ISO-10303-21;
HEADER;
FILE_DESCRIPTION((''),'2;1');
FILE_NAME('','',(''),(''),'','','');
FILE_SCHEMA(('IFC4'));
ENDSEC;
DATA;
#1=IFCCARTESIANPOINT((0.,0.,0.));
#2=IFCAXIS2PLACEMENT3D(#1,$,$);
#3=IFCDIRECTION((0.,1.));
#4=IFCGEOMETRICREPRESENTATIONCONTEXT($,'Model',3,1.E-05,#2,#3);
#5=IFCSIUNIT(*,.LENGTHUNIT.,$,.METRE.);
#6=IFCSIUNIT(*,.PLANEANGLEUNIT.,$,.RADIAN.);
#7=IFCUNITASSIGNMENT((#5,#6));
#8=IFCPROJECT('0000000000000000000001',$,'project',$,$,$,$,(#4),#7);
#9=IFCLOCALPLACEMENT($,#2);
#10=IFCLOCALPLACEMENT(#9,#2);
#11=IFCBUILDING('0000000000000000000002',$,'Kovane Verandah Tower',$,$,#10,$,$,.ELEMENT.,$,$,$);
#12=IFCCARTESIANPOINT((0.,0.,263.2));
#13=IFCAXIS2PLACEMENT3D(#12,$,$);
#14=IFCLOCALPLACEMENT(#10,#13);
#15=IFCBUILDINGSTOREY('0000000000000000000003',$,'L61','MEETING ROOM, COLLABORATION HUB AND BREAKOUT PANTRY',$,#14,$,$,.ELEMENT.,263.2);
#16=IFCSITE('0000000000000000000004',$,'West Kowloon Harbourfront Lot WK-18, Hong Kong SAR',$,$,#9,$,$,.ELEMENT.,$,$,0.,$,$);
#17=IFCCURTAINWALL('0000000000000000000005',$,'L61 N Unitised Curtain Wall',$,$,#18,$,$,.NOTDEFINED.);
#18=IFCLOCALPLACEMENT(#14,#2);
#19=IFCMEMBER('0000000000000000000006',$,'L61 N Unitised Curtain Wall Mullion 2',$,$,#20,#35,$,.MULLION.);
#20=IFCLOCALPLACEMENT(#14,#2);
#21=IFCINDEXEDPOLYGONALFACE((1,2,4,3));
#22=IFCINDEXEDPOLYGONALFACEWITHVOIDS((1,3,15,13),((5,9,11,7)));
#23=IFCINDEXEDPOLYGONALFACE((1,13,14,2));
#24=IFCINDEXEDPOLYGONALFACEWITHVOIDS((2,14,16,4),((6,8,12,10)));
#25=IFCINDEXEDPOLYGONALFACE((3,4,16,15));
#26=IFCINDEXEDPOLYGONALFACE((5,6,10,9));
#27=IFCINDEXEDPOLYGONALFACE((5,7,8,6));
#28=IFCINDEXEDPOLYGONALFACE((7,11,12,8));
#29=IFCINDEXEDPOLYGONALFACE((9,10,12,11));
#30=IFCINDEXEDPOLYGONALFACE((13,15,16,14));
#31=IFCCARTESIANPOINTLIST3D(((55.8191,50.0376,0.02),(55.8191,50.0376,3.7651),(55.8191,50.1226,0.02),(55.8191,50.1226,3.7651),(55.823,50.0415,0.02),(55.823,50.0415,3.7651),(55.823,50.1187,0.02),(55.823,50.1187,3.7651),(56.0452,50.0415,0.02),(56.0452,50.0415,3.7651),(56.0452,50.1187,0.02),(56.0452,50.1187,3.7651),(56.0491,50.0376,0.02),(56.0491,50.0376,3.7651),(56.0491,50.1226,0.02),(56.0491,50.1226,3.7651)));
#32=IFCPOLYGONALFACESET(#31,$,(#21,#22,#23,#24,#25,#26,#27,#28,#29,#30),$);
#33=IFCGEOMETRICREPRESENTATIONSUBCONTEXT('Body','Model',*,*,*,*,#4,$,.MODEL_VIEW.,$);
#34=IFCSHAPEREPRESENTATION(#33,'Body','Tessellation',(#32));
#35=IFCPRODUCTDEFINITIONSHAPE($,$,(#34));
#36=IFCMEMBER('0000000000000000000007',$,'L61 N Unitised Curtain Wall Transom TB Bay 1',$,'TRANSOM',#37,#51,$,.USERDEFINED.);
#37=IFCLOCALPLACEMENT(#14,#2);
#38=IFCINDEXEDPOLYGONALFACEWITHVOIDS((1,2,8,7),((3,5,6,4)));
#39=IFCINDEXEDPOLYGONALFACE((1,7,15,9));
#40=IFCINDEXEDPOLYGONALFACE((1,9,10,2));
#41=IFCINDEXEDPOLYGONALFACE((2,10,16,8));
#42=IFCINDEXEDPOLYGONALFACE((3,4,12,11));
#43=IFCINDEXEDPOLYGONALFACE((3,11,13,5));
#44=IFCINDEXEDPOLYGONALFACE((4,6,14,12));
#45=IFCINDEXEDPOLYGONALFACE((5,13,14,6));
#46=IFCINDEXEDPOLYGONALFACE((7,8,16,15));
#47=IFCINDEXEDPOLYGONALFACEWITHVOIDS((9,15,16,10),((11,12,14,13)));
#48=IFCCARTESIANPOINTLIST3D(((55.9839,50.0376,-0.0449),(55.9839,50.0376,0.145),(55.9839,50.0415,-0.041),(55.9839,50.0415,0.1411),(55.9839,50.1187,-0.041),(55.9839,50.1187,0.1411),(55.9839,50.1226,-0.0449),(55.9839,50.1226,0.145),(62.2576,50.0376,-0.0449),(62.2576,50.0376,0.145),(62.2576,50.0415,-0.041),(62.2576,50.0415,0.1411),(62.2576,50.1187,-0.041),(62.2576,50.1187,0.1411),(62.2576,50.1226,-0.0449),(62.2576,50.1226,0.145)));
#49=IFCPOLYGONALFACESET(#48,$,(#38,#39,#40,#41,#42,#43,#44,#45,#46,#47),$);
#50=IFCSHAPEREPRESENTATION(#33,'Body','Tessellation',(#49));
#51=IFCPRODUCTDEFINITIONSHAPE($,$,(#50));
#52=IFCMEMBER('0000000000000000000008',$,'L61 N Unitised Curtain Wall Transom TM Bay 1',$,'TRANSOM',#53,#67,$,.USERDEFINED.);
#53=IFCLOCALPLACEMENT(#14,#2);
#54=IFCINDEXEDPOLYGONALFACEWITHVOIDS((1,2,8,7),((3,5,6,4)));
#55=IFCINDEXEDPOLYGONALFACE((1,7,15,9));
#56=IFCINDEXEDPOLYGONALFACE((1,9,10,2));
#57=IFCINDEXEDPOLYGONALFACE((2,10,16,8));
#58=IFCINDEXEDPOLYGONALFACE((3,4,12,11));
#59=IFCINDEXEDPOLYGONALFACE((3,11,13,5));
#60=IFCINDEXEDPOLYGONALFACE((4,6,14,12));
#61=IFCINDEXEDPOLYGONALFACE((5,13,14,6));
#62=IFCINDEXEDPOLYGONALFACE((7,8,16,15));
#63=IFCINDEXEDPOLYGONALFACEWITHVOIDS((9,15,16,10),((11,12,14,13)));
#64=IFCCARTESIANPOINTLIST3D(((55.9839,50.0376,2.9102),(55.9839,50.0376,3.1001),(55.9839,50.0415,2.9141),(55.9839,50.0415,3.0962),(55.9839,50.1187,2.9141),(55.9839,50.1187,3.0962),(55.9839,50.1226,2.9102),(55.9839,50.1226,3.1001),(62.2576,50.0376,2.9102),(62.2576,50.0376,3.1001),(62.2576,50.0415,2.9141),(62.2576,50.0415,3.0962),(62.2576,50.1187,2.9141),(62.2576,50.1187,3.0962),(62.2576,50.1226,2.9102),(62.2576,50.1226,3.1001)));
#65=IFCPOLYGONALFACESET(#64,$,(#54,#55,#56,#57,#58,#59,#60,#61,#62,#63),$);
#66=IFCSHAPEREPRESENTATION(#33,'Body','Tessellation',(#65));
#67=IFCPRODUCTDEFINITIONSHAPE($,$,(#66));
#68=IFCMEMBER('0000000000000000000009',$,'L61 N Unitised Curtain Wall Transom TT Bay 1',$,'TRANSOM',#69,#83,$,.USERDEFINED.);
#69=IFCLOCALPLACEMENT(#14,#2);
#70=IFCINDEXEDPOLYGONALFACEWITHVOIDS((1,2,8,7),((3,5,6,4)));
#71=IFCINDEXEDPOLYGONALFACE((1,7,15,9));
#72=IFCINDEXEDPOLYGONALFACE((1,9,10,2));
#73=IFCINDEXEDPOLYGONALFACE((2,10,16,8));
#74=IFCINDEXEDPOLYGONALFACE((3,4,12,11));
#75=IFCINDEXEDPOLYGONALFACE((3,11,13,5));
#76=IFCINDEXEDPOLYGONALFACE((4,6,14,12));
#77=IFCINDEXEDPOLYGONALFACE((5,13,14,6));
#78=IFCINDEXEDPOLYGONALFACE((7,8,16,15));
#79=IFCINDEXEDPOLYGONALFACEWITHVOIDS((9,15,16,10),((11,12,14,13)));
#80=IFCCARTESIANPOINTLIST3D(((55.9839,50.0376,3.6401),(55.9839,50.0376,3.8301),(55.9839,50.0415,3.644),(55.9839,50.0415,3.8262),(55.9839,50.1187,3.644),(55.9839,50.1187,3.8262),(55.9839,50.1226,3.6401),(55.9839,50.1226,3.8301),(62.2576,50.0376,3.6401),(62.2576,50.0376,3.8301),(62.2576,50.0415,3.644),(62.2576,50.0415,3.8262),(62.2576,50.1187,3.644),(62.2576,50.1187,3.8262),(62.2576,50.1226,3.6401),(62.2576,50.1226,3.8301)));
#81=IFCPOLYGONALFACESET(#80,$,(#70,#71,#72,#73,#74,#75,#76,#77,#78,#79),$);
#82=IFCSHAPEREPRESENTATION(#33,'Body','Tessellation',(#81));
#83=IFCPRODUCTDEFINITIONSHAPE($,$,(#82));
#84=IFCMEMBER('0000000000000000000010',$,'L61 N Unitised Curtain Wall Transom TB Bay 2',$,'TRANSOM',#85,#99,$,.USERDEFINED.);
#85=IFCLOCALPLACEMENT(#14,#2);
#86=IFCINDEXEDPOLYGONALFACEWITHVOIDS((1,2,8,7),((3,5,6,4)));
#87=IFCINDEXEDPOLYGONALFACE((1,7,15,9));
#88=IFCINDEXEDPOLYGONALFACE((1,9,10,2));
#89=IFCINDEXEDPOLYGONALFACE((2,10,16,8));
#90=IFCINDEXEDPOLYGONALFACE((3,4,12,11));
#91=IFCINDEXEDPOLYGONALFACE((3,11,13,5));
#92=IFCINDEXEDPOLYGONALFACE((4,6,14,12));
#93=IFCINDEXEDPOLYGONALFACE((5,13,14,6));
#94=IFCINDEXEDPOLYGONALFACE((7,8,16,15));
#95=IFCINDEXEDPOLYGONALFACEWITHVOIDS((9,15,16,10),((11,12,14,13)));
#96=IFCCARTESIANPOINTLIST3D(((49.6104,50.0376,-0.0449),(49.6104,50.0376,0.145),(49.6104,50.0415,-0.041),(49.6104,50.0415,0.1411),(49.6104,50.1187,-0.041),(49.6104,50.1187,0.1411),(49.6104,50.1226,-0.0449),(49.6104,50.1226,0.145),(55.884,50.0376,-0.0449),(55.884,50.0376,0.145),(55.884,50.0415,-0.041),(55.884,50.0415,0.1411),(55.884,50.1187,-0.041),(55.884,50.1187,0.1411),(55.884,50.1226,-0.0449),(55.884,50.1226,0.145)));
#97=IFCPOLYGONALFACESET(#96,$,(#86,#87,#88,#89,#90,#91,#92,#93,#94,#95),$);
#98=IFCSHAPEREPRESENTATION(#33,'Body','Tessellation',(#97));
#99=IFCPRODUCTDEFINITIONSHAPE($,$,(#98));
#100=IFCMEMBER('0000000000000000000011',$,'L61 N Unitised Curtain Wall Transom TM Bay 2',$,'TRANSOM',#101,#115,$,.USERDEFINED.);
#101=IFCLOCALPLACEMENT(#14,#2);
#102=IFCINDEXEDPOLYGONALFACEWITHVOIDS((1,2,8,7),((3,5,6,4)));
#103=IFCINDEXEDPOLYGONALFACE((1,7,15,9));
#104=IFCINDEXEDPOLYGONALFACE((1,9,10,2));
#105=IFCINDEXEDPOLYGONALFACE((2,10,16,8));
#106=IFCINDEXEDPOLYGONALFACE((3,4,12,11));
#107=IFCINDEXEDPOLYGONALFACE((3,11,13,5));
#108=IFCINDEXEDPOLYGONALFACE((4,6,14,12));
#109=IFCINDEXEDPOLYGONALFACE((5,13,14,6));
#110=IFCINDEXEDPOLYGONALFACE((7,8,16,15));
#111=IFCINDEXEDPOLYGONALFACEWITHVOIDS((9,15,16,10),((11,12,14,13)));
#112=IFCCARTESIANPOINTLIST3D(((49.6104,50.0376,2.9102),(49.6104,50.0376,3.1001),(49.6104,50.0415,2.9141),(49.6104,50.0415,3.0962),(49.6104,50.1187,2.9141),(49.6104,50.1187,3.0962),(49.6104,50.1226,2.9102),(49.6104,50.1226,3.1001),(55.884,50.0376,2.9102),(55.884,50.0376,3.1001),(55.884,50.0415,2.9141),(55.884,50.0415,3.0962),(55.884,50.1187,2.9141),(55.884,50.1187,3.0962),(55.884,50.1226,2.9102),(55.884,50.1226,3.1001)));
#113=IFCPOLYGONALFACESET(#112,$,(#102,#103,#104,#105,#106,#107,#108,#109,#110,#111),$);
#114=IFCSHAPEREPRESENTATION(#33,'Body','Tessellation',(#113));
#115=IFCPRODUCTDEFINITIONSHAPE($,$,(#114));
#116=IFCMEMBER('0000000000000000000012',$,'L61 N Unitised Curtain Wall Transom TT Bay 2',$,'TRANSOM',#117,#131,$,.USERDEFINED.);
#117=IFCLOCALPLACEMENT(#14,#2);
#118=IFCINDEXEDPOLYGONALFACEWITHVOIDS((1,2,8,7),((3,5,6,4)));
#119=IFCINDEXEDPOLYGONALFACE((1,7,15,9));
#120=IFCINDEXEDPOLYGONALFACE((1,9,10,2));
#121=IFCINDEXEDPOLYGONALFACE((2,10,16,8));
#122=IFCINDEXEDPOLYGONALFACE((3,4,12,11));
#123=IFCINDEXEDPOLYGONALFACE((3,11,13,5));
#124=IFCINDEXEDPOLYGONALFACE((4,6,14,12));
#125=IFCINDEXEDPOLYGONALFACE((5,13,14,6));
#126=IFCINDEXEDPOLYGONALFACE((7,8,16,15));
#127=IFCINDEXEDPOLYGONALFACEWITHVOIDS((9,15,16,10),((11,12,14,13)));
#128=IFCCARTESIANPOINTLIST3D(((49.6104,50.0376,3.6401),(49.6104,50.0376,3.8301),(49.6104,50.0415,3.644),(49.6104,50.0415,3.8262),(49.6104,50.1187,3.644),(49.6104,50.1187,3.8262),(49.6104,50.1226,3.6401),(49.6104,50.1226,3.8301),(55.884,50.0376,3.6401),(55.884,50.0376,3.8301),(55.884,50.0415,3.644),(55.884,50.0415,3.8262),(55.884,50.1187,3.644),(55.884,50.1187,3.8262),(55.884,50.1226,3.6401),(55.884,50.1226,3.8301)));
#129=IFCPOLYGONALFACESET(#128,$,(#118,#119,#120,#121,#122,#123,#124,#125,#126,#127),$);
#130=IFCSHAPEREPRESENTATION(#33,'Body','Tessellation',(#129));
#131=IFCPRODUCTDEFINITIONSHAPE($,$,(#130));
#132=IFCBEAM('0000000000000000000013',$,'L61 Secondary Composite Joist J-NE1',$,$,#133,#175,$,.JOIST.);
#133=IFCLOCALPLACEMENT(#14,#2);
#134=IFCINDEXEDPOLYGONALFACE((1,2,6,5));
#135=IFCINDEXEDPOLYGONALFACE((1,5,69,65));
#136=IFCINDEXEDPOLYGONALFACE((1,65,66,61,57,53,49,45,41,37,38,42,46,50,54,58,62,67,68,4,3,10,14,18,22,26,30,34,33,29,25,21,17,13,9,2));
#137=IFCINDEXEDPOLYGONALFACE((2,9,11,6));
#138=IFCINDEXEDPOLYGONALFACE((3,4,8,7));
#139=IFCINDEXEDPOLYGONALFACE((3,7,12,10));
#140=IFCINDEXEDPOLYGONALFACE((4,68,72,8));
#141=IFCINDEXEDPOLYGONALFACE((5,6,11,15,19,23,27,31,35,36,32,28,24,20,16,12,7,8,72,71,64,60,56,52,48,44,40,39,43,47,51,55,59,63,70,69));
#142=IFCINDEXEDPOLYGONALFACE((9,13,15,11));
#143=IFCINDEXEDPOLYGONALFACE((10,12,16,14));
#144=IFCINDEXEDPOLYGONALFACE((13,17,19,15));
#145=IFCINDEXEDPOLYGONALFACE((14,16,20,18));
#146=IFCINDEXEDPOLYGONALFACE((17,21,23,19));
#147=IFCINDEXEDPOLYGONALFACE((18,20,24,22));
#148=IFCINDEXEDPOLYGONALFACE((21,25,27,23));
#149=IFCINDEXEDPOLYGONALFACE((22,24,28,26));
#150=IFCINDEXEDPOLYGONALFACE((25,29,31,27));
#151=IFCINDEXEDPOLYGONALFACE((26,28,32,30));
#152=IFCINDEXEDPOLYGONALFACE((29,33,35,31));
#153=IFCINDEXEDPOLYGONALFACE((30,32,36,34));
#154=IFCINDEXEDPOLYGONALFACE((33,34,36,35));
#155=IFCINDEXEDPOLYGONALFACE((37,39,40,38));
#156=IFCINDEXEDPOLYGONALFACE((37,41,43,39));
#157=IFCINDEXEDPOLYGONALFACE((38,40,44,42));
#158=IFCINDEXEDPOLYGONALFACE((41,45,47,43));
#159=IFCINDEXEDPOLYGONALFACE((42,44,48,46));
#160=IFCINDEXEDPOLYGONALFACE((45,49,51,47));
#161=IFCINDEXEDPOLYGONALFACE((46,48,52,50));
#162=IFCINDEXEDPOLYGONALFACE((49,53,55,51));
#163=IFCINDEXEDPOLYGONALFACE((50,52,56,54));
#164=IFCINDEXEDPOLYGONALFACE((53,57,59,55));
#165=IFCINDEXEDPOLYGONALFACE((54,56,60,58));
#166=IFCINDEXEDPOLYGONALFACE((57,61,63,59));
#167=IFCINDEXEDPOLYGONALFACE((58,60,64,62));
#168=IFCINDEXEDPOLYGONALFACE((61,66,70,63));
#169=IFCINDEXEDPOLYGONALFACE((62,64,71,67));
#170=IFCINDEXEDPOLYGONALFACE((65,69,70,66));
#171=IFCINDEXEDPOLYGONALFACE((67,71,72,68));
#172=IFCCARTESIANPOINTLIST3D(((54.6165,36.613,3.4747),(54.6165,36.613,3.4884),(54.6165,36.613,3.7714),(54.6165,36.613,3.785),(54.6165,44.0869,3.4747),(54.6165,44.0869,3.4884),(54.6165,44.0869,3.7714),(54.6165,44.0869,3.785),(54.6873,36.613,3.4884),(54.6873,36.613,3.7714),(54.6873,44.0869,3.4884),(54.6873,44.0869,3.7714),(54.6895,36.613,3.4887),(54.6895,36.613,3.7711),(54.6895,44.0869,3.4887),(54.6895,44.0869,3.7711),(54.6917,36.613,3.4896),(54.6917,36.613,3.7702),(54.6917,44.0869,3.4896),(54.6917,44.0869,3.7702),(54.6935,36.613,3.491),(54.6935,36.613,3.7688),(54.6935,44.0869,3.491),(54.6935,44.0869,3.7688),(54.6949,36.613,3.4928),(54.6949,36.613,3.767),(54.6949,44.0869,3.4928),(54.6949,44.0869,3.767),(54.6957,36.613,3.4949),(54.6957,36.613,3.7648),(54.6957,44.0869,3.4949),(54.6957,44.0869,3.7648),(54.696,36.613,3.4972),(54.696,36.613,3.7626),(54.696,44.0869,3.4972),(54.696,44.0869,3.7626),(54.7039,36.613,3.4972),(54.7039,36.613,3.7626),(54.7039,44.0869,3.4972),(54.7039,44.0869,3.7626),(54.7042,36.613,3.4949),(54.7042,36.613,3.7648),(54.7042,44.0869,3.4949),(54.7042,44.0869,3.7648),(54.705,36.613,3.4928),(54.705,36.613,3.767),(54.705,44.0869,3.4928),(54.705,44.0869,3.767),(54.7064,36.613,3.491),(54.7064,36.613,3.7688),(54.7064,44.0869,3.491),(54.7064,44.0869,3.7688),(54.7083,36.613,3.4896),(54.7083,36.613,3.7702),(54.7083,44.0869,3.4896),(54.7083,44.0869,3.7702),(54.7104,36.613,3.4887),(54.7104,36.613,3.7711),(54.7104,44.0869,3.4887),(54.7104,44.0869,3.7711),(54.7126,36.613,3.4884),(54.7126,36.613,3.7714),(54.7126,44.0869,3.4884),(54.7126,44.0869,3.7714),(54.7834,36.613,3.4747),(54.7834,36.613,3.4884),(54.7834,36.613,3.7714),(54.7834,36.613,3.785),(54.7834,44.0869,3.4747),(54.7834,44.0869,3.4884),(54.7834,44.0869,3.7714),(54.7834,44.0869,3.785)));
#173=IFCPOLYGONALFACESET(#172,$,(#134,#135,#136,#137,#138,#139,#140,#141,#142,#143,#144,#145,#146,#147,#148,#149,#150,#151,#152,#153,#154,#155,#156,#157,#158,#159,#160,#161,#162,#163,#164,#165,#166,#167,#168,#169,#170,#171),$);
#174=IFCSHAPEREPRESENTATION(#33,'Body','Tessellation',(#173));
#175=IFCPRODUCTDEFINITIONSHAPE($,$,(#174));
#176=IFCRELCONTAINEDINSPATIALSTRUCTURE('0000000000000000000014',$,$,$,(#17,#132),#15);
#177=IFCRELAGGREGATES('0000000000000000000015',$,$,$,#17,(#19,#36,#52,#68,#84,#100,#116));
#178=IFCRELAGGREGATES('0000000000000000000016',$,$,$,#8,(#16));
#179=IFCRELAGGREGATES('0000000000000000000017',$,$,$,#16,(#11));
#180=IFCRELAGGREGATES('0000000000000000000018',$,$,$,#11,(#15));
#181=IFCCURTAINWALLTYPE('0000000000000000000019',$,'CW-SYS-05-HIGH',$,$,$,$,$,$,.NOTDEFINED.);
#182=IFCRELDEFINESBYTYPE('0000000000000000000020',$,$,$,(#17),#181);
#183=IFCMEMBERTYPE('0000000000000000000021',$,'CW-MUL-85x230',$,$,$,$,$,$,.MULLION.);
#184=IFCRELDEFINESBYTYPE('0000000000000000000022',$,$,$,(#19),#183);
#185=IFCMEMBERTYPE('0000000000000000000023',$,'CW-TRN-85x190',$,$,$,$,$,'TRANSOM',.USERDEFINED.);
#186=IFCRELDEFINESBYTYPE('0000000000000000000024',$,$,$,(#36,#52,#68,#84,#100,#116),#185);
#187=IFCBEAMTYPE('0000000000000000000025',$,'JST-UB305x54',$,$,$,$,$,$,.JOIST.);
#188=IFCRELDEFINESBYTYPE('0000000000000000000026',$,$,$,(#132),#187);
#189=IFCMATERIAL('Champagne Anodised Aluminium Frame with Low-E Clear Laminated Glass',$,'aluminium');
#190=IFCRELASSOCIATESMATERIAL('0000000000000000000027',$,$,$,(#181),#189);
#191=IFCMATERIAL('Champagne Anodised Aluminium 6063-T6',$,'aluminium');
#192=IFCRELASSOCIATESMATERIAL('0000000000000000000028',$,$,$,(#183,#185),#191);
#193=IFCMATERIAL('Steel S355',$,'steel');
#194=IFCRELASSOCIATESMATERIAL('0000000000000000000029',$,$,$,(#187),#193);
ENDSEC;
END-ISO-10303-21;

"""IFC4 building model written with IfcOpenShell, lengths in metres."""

from ifc_helpers import new_model, si_unit, direction, frame, origin, origin_2d, place, context, subcontext, project, spatial, hollow_rectangle, i_section, extrude, material, material_profile, profile_set, type_object, element, aggregate, save


model = new_model("IFC4")

# Units and contexts
model_context = context("Model", 3, precision=1e-05, world=origin(), true_north=direction((0.0, 1.0)))
body_context = subcontext(model_context, "Body", "Model", "MODEL_VIEW")
ifc_project = project(units=[si_unit("LENGTHUNIT", "METRE"), si_unit("PLANEANGLEUNIT", "RADIAN")], contexts=[model_context])

# Site, building, storey
site_placement = place(None, origin())
site = spatial("IfcSite", under=ifc_project, at=site_placement, Name="West Kowloon Harbourfront Lot WK-18, Hong Kong SAR", CompositionType="ELEMENT", RefElevation=0.0)
building_placement = place(site_placement, origin())
building = spatial("IfcBuilding", under=site, at=building_placement, Name="Kovane Verandah Tower", CompositionType="ELEMENT")
storey_placement = place(building_placement, frame((0.0, 0.0, 263.2)))
storey = spatial("IfcBuildingStorey", under=building, at=storey_placement, Name="L61", Description="MEETING ROOM, COLLABORATION HUB AND BREAKOUT PANTRY", CompositionType="ELEMENT", Elevation=263.2)

# Shared definitions
ifc_material_1 = material(Name="Steel S355", Category="steel")

# Curtain wall, members
ifc_material_2 = material(Name="Champagne Anodised Aluminium Frame with Low-E Clear Laminated Glass", Category="aluminium")
curtain_wall_type = type_object("IfcCurtainWallType", Name="CW-SYS-05-HIGH", PredefinedType="NOTDEFINED", material=ifc_material_2)
curtain_wall_placement = place(storey_placement, origin())
curtain_wall = element("IfcCurtainWall", 1, at=curtain_wall_placement, inside=storey, type_object=curtain_wall_type, Name="L61 N Unitised Curtain Wall", PredefinedType="NOTDEFINED")
ifc_material_3 = material(Name="Champagne Anodised Aluminium 6063-T6", Category="aluminium")
ifc_material_profile_1 = material_profile(ifc_material_3, hollow_rectangle(XDim=0.085, YDim=0.23, WallThickness=0.0039, at=origin_2d()), Name="AL85x230x4")
ifc_profile_set_1 = profile_set([ifc_material_profile_1], Name="Champagne Anodised Aluminium 6063-T6")
member_type_1 = type_object("IfcMemberType", Name="CW-MUL-85x230", PredefinedType="MULLION", material=ifc_profile_set_1)
member_1_placement = place(storey_placement, frame((55.9341, 50.0801, 0.02), z_axis=(0.0, 0.0, 1.0), x_axis=(0.0, 1.0, 0.0)))
member_1 = element("IfcMember", 2, at=member_1_placement, type_object=member_type_1, Name="L61 N Unitised Curtain Wall Mullion 2", PredefinedType="MULLION", context=body_context, shape_type="SweptSolid", body=[
    extrude(hollow_rectangle(XDim=0.085, YDim=0.23, WallThickness=0.0039, at=origin_2d()), origin(), (0.0, 0.0, 1.0), 3.7451),
])
ifc_material_profile_2 = material_profile(ifc_material_3, hollow_rectangle(XDim=0.085, YDim=0.1899, WallThickness=0.0039, at=origin_2d()), Name="AL85x190x4")
ifc_profile_set_2 = profile_set([ifc_material_profile_2], Name="Champagne Anodised Aluminium 6063-T6")
member_type_2 = type_object("IfcMemberType", Name="CW-TRN-85x190", ElementType="TRANSOM", PredefinedType="USERDEFINED", material=ifc_profile_set_2)
member_2_placement = place(storey_placement, frame((62.2576, 50.0801, 0.05), z_axis=(-1.0, 0.0, 0.0), x_axis=(0.0, -1.0, 0.0)))
member_2 = element("IfcMember", 3, at=member_2_placement, type_object=member_type_2, Name="L61 N Unitised Curtain Wall Transom TB Bay 1", ObjectType="TRANSOM", PredefinedType="USERDEFINED", context=body_context, shape_type="SweptSolid", body=[
    extrude(hollow_rectangle(XDim=0.085, YDim=0.1899, WallThickness=0.0039, at=origin_2d()), origin(), (0.0, 0.0, 1.0), 6.2737),
])
member_3_placement = place(storey_placement, frame((62.2576, 50.0801, 3.0051), z_axis=(-1.0, 0.0, 0.0), x_axis=(0.0, -1.0, 0.0)))
member_3 = element("IfcMember", 4, at=member_3_placement, type_object=member_type_2, Name="L61 N Unitised Curtain Wall Transom TM Bay 1", ObjectType="TRANSOM", PredefinedType="USERDEFINED", context=body_context, shape_type="SweptSolid", body=[
    extrude(hollow_rectangle(XDim=0.085, YDim=0.1899, WallThickness=0.0039, at=origin_2d()), origin(), (0.0, 0.0, 1.0), 6.2737),
])
member_4_placement = place(storey_placement, frame((62.2576, 50.0801, 3.7351), z_axis=(-1.0, 0.0, 0.0), x_axis=(0.0, -1.0, 0.0)))
member_4 = element("IfcMember", 5, at=member_4_placement, type_object=member_type_2, Name="L61 N Unitised Curtain Wall Transom TT Bay 1", ObjectType="TRANSOM", PredefinedType="USERDEFINED", context=body_context, shape_type="SweptSolid", body=[
    extrude(hollow_rectangle(XDim=0.085, YDim=0.1899, WallThickness=0.0039, at=origin_2d()), origin(), (0.0, 0.0, 1.0), 6.2737),
])
member_5_placement = place(storey_placement, frame((55.884, 50.0801, 0.05), z_axis=(-1.0, 0.0, 0.0), x_axis=(0.0, -1.0, 0.0)))
member_5 = element("IfcMember", 6, at=member_5_placement, type_object=member_type_2, Name="L61 N Unitised Curtain Wall Transom TB Bay 2", ObjectType="TRANSOM", PredefinedType="USERDEFINED", context=body_context, shape_type="SweptSolid", body=[
    extrude(hollow_rectangle(XDim=0.085, YDim=0.1899, WallThickness=0.0039, at=origin_2d()), origin(), (0.0, 0.0, 1.0), 6.2737),
])
member_6_placement = place(storey_placement, frame((55.884, 50.0801, 3.0051), z_axis=(-1.0, 0.0, 0.0), x_axis=(0.0, -1.0, 0.0)))
member_6 = element("IfcMember", 7, at=member_6_placement, type_object=member_type_2, Name="L61 N Unitised Curtain Wall Transom TM Bay 2", ObjectType="TRANSOM", PredefinedType="USERDEFINED", context=body_context, shape_type="SweptSolid", body=[
    extrude(hollow_rectangle(XDim=0.085, YDim=0.1899, WallThickness=0.0039, at=origin_2d()), origin(), (0.0, 0.0, 1.0), 6.2737),
])
member_7_placement = place(storey_placement, frame((55.884, 50.0801, 3.7351), z_axis=(-1.0, 0.0, 0.0), x_axis=(0.0, -1.0, 0.0)))
member_7 = element("IfcMember", 8, at=member_7_placement, type_object=member_type_2, Name="L61 N Unitised Curtain Wall Transom TT Bay 2", ObjectType="TRANSOM", PredefinedType="USERDEFINED", context=body_context, shape_type="SweptSolid", body=[
    extrude(hollow_rectangle(XDim=0.085, YDim=0.1899, WallThickness=0.0039, at=origin_2d()), origin(), (0.0, 0.0, 1.0), 6.2737),
])

# Beam
ifc_material_profile_3 = material_profile(ifc_material_1, i_section(OverallWidth=0.167, OverallDepth=0.3103, WebThickness=0.0078, FlangeThickness=0.0137, FilletRadius=0.0088, at=origin_2d()), Name="UB305x165x54")
ifc_profile_set_3 = profile_set([ifc_material_profile_3], Name="Steel S355")
beam_type_1 = type_object("IfcBeamType", Name="JST-UB305x54", PredefinedType="JOIST", material=ifc_profile_set_3)
beam_1_placement = place(storey_placement, frame((54.7, 36.613, 3.6299), z_axis=(0.0, 1.0, 0.0), x_axis=(-1.0, 0.0, 0.0)))
element("IfcBeam", 9, at=beam_1_placement, inside=storey, type_object=beam_type_1, Name="L61 Secondary Composite Joist J-NE1", PredefinedType="JOIST", context=body_context, shape_type="SweptSolid", body=[
    extrude(i_section(OverallWidth=0.167, OverallDepth=0.3103, WebThickness=0.0078, FlangeThickness=0.0137, FilletRadius=0.0088, at=origin_2d()), origin(), (0.0, 0.0, 1.0), 7.4739),
])

aggregate(curtain_wall, [member_1, member_2, member_3, member_4, member_5, member_6, member_7])

save(model, "model.ifc")
